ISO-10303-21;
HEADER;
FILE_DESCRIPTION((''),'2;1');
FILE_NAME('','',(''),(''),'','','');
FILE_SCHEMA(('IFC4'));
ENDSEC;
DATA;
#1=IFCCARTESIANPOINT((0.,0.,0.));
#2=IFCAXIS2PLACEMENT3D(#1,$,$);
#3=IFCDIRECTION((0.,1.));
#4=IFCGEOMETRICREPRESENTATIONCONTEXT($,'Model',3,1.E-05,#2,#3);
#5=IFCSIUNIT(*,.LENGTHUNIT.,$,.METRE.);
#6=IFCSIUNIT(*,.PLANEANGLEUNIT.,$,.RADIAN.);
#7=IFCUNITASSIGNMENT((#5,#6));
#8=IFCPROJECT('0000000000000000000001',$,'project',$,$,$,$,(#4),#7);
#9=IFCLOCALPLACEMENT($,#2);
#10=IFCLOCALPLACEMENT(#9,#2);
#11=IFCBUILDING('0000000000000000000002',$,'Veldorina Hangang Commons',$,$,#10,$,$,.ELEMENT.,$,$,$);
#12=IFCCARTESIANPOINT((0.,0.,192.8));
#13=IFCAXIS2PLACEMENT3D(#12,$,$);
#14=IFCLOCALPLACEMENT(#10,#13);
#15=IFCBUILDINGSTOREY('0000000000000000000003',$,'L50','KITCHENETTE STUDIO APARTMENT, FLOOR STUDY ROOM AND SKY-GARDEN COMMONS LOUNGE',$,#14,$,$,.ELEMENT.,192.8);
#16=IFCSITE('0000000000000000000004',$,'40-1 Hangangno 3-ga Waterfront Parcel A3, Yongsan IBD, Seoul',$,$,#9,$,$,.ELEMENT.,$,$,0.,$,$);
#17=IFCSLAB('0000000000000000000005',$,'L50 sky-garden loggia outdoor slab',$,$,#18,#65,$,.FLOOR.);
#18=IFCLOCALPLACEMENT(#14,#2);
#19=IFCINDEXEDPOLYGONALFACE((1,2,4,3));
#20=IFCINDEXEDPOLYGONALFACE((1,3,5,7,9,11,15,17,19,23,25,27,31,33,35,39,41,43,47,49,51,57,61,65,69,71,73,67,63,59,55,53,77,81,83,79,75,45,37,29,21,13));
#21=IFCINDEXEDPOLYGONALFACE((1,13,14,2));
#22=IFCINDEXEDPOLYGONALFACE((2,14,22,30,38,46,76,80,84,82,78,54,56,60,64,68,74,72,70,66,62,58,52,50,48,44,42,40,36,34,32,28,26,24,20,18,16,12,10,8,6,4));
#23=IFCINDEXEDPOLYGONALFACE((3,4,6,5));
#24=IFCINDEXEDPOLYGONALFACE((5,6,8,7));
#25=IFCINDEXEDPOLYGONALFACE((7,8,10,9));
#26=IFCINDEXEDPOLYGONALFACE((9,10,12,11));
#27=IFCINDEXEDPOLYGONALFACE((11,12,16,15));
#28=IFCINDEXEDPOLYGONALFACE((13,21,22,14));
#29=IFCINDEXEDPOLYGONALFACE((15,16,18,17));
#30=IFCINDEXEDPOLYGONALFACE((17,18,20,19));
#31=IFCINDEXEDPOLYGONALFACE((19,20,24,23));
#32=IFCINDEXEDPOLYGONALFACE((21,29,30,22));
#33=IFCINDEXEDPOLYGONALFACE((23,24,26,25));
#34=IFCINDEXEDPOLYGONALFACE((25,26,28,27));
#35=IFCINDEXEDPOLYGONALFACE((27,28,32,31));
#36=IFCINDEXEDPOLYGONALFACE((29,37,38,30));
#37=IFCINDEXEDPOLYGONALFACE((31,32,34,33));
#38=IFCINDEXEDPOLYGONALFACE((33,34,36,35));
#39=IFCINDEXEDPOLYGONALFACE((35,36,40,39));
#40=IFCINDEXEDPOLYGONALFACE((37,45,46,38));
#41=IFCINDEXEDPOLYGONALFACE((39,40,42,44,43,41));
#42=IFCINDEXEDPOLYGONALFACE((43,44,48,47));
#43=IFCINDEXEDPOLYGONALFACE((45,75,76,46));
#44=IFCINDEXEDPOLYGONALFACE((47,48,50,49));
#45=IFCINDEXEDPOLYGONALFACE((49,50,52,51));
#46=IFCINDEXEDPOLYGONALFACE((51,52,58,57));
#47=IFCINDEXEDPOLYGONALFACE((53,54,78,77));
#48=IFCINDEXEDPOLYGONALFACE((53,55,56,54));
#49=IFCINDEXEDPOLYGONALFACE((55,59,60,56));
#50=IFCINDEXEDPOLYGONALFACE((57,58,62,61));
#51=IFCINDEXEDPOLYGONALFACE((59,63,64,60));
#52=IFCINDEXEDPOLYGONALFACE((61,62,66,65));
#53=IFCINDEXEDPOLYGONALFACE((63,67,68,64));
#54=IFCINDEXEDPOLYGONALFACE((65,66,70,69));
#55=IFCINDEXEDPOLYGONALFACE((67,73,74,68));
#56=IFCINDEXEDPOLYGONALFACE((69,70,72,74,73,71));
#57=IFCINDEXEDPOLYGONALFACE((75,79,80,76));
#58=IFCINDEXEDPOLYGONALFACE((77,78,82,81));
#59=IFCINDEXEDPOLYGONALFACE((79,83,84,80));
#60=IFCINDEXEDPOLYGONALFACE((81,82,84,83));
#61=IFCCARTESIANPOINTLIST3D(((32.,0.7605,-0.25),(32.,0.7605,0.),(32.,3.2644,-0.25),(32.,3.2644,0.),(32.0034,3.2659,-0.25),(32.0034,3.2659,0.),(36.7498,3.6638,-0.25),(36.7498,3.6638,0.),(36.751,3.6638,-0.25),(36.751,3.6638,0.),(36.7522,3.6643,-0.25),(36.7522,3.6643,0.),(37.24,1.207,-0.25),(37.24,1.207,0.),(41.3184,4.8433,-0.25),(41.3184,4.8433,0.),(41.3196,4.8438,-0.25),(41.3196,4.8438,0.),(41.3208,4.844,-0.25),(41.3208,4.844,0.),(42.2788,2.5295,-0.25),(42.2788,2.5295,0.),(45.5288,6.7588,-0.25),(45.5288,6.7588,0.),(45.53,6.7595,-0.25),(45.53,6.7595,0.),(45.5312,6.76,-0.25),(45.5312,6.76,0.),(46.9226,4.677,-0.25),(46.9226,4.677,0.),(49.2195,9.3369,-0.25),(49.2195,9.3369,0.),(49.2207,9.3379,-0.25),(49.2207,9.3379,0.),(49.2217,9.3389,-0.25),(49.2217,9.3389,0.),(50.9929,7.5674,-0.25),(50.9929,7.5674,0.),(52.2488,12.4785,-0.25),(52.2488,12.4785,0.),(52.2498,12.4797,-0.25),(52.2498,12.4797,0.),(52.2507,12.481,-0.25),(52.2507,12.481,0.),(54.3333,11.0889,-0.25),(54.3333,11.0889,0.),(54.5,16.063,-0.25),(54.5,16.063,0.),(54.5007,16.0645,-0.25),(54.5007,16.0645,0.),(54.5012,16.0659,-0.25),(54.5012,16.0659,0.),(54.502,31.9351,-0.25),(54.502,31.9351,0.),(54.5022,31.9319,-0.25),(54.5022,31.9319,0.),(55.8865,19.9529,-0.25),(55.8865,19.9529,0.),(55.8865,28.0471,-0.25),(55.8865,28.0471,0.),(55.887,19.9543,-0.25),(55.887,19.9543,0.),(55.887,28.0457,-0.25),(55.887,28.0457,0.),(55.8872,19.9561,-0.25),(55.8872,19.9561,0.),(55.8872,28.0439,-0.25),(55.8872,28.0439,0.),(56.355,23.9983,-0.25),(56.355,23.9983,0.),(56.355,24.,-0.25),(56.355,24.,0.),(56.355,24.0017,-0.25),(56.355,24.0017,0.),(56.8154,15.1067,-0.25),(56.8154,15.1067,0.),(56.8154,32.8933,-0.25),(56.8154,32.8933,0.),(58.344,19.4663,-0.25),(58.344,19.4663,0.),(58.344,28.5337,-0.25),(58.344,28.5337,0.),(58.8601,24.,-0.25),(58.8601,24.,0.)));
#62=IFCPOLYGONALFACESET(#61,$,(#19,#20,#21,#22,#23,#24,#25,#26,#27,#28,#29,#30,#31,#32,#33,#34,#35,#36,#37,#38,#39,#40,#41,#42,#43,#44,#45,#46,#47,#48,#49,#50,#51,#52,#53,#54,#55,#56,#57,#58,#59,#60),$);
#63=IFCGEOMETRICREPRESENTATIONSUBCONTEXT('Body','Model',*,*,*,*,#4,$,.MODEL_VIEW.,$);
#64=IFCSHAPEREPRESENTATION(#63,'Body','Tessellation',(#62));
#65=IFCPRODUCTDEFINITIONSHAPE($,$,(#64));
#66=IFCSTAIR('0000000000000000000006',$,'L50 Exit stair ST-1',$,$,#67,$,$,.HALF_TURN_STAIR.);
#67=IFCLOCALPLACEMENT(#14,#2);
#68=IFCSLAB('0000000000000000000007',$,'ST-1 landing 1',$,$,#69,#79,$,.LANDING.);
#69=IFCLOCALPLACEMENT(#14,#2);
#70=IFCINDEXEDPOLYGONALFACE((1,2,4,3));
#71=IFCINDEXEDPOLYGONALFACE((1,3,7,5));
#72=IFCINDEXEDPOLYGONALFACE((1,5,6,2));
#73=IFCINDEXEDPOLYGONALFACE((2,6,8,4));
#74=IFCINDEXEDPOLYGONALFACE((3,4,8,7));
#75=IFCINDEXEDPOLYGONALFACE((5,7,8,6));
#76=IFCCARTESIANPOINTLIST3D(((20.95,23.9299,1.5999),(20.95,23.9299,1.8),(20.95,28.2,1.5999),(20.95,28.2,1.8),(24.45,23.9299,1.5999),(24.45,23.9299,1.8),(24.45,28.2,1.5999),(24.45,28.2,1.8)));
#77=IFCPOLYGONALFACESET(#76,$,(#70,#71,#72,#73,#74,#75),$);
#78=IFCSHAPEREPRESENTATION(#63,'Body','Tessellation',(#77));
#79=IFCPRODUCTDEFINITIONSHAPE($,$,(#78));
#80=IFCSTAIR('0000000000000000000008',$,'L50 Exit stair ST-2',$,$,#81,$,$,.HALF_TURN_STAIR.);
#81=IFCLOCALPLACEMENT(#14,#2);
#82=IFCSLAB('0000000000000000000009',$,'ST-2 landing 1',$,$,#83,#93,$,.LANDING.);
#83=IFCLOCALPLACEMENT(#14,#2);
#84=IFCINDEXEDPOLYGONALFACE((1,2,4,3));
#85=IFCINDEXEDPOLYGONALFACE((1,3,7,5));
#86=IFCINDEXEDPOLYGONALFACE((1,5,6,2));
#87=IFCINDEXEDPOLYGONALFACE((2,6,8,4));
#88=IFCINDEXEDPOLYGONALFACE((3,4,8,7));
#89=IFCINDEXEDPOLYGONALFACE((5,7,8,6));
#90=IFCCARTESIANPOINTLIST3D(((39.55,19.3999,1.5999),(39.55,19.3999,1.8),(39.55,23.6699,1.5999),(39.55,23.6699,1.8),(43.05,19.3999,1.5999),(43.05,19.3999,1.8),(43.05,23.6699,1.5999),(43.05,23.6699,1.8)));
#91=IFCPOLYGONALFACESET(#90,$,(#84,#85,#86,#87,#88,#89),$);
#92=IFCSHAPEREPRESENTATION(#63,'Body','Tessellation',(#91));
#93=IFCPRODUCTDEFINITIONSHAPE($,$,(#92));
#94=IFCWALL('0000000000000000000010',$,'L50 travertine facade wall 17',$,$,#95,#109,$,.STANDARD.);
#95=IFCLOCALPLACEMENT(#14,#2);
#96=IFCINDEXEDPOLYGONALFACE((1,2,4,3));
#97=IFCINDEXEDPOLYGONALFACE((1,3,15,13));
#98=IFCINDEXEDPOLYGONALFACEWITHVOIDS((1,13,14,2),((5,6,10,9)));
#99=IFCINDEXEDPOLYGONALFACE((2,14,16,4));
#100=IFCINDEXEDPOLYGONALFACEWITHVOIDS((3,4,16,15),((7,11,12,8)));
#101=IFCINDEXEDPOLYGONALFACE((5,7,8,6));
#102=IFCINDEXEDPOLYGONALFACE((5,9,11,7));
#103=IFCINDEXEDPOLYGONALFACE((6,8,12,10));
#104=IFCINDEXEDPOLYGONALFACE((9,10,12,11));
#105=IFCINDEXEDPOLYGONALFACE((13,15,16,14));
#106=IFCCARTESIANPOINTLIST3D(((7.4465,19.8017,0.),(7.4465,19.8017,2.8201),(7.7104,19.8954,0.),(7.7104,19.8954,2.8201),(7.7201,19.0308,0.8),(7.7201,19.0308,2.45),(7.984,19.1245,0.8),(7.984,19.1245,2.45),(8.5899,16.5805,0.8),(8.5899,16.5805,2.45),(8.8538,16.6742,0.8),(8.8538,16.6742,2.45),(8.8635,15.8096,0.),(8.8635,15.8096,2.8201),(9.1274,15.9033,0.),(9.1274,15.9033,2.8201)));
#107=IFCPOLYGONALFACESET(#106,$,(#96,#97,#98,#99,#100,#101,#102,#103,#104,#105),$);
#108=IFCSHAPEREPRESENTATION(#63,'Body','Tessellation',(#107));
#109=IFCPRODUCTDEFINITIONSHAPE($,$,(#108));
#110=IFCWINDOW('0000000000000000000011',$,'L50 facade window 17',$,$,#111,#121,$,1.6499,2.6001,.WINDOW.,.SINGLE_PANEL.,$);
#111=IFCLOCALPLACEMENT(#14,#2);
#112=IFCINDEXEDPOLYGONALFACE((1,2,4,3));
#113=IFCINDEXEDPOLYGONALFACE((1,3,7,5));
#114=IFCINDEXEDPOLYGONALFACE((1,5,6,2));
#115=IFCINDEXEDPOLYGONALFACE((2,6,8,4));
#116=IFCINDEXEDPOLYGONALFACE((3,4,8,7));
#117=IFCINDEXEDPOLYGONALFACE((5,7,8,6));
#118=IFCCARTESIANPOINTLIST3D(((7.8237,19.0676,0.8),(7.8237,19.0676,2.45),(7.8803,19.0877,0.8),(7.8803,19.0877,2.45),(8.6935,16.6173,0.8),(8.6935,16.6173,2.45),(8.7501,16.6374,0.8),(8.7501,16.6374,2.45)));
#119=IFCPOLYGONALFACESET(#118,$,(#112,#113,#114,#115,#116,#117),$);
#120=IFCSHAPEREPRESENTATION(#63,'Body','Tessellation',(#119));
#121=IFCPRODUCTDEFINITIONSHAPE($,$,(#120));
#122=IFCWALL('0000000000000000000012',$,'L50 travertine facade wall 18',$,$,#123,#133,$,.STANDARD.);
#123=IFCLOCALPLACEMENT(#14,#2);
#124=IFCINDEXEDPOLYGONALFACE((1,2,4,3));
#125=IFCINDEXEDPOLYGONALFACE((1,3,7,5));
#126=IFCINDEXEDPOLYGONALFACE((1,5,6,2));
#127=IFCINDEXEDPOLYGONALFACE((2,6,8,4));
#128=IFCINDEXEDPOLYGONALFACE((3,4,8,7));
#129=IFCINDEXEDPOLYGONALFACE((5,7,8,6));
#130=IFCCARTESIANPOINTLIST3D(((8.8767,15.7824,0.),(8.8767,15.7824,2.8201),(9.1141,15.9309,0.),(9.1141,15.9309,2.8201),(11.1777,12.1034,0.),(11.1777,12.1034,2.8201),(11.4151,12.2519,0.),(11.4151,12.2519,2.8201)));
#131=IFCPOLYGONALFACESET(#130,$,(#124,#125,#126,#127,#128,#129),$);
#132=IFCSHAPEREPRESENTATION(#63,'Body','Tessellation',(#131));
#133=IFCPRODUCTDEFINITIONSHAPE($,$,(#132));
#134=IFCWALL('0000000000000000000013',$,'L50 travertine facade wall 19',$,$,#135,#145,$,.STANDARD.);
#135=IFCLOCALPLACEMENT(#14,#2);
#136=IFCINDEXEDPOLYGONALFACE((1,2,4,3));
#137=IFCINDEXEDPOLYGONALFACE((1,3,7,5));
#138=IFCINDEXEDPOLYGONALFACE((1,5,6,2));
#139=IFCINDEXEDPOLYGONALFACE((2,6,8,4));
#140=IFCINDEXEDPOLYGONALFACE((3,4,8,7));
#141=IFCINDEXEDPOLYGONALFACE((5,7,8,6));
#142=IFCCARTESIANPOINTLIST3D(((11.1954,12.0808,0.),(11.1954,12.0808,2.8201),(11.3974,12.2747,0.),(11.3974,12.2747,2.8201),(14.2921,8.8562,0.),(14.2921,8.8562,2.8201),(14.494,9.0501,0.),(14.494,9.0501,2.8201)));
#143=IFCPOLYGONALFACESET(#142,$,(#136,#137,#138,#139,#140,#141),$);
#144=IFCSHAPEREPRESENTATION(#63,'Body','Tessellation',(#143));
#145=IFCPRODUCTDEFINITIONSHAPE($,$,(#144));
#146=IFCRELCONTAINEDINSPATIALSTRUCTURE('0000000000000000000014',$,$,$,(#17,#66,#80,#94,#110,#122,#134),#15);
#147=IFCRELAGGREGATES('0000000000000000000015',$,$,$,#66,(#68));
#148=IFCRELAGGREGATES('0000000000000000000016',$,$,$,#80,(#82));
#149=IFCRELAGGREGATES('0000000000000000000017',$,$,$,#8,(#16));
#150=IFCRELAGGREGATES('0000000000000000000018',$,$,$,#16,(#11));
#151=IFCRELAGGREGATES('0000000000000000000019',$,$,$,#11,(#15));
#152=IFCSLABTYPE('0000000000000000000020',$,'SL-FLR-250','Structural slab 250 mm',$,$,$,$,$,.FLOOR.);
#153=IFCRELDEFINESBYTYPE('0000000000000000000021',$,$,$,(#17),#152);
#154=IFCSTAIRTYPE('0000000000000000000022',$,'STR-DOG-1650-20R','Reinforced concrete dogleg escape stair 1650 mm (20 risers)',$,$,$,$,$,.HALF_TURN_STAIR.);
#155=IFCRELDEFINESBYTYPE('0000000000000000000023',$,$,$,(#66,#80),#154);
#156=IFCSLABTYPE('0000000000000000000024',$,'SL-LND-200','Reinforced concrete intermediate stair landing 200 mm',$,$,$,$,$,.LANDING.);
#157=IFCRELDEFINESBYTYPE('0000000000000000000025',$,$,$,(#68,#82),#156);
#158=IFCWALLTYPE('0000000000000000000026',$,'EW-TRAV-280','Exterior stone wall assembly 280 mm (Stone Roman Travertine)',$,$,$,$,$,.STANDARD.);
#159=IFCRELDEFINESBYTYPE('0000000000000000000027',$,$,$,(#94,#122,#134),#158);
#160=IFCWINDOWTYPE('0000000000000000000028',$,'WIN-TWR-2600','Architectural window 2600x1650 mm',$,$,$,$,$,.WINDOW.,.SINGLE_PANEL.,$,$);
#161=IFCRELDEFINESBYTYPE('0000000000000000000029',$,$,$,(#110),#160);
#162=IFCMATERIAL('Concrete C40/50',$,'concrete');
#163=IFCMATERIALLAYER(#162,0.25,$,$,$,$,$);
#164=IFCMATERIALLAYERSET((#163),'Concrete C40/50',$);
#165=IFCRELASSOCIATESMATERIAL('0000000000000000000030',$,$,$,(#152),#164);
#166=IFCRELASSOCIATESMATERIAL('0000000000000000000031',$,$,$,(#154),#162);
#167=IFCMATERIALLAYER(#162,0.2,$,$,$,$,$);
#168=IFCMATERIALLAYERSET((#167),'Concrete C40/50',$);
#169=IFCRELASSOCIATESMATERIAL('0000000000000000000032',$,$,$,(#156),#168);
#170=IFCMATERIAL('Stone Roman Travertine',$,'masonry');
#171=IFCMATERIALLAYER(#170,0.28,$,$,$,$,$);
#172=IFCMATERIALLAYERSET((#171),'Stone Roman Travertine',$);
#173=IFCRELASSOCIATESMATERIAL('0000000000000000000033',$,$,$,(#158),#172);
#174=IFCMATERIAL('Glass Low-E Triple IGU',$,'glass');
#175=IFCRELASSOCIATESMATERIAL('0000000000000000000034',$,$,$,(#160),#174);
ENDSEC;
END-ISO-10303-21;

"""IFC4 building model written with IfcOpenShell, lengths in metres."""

from ifc_helpers import new_model, si_unit, direction, frame, frame_2d, origin, place, context, subcontext, project, spatial, polyline, rectangle, outline, extrude, material, layer, layer_set, type_object, element, fill, aggregate, save


model = new_model("IFC4")

# Units and contexts
model_context = context("Model", 3, precision=1e-05, world=origin(), true_north=direction((0.0, 1.0)))
body_context = subcontext(model_context, "Body", "Model", "MODEL_VIEW")
ifc_project = project(units=[si_unit("LENGTHUNIT", "METRE"), si_unit("PLANEANGLEUNIT", "RADIAN")], contexts=[model_context])

# Site, building, storey
site_placement = place(None, origin())
site = spatial("IfcSite", under=ifc_project, at=site_placement, Name="40-1 Hangangno 3-ga Waterfront Parcel A3, Yongsan IBD, Seoul", CompositionType="ELEMENT", RefElevation=0.0)
building_placement = place(site_placement, origin())
building = spatial("IfcBuilding", under=site, at=building_placement, Name="Veldorina Hangang Commons", CompositionType="ELEMENT")
storey_placement = place(building_placement, frame((0.0, 0.0, 192.8)))
storey = spatial("IfcBuildingStorey", under=building, at=storey_placement, Name="L50", Description="KITCHENETTE STUDIO APARTMENT, FLOOR STUDY ROOM AND SKY-GARDEN COMMONS LOUNGE", CompositionType="ELEMENT", Elevation=192.8)

# Slab
ifc_material_1 = material(Name="Concrete C40/50", Category="concrete")
ifc_layer_1 = layer(ifc_material_1, 0.25)
ifc_layer_set_1 = layer_set([ifc_layer_1], Name="Concrete C40/50")
slab_type_1 = type_object("IfcSlabType", Name="SL-FLR-250", Description="Structural slab 250 mm", PredefinedType="FLOOR", material=ifc_layer_set_1)
slab_1_placement = place(storey_placement, frame((0.0, 0.0, -0.25)))
element("IfcSlab", 1, at=slab_1_placement, inside=storey, type_object=slab_type_1, Name="L50 sky-garden loggia outdoor slab", PredefinedType="FLOOR", context=body_context, shape_type="SweptSolid", body=[
    extrude(outline(polyline([(56.8154, 32.8933), (58.344, 28.5337), (58.8601, 24.0), (58.344, 19.4663), (56.8154, 15.1067), (54.3333, 11.0889), (50.9929, 7.5674), (46.9226, 4.677), (42.2788, 2.5295), (37.24, 1.207), (32.0, 0.7605), (32.0, 3.2644), (32.0034, 3.2659), (36.7498, 3.6638), (36.751, 3.6638), (36.7522, 3.6643), (41.3184, 4.8433), (41.3196, 4.8438), (41.3208, 4.844), (45.5288, 6.7588), (45.53, 6.7595), (45.5312, 6.76), (49.2195, 9.3369), (49.2207, 9.3379), (49.2217, 9.3389), (52.2488, 12.4785), (52.2498, 12.4797), (52.2507, 12.481), (54.5, 16.063), (54.5007, 16.0645), (54.5012, 16.0659), (55.8865, 19.9529), (55.887, 19.9543), (55.8872, 19.9561), (56.355, 23.9983), (56.355, 24.0), (56.355, 24.0017), (55.8872, 28.0439), (55.887, 28.0457), (55.8865, 28.0471), (54.5022, 31.9319), (54.502, 31.9351), (56.8154, 32.8933)])), origin(), (0.0, 0.0, 1.0), 0.25),
])

# Stairs, slabs
stair_type = type_object("IfcStairType", Name="STR-DOG-1650-20R", Description="Reinforced concrete dogleg escape stair 1650 mm (20 risers)", PredefinedType="HALF_TURN_STAIR", material=ifc_material_1)
stair_1_placement = place(storey_placement, origin())
stair_1 = element("IfcStair", 2, at=stair_1_placement, inside=storey, type_object=stair_type, Name="L50 Exit stair ST-1", PredefinedType="HALF_TURN_STAIR")
ifc_layer_2 = layer(ifc_material_1, 0.2)
ifc_layer_set_2 = layer_set([ifc_layer_2], Name="Concrete C40/50")
slab_type_2 = type_object("IfcSlabType", Name="SL-LND-200", Description="Reinforced concrete intermediate stair landing 200 mm", PredefinedType="LANDING", material=ifc_layer_set_2)
slab_2_placement = place(storey_placement, frame((0.0, 0.0, 1.5999)))
slab_2 = element("IfcSlab", 3, at=slab_2_placement, type_object=slab_type_2, Name="ST-1 landing 1", PredefinedType="LANDING", context=body_context, shape_type="SweptSolid", body=[
    extrude(outline(polyline([(24.45, 23.9299), (24.45, 28.2), (20.95, 28.2), (20.95, 23.9299), (24.45, 23.9299)])), origin(), (0.0, 0.0, 1.0), 0.2002),
])
aggregate(stair_1, [slab_2])
stair_2_placement = place(storey_placement, origin())
stair_2 = element("IfcStair", 4, at=stair_2_placement, inside=storey, type_object=stair_type, Name="L50 Exit stair ST-2", PredefinedType="HALF_TURN_STAIR")
slab_3_placement = place(storey_placement, frame((0.0, 0.0, 1.5999)))
slab_3 = element("IfcSlab", 5, at=slab_3_placement, type_object=slab_type_2, Name="ST-2 landing 1", PredefinedType="LANDING", context=body_context, shape_type="SweptSolid", body=[
    extrude(outline(polyline([(39.55, 23.6699), (39.55, 19.3999), (43.05, 19.3999), (43.05, 23.6699), (39.55, 23.6699)])), origin(), (0.0, 0.0, 1.0), 0.2002),
])
aggregate(stair_2, [slab_3])

# Wall, opening, window
ifc_material_2 = material(Name="Stone Roman Travertine", Category="masonry")
ifc_layer_3 = layer(ifc_material_2, 0.28)
ifc_layer_set_3 = layer_set([ifc_layer_3], Name="Stone Roman Travertine")
wall_type = type_object("IfcWallType", Name="EW-TRAV-280", Description="Exterior stone wall assembly 280 mm (Stone Roman Travertine)", PredefinedType="STANDARD", material=ifc_layer_set_3)
wall_1_placement = place(storey_placement, frame((7.5784, 19.8486, 0.0), z_axis=(0.0, 0.0, 1.0), x_axis=(0.334514, -0.942391, 0.0)))
wall_1 = element("IfcWall", 6, at=wall_1_placement, inside=storey, type_object=wall_type, Name="L50 travertine facade wall 17", PredefinedType="STANDARD", context=body_context, shape_type="SweptSolid", body=[
    extrude(rectangle(XDim=4.2361, YDim=0.28, at=frame_2d((2.1182, 0.0))), origin(), (0.0, 0.0, 1.0), 2.8201),
])
opening_placement = place(wall_1_placement, frame((0.8181, 0.0, 0.8)))
opening = element("IfcOpeningElement", 7, at=opening_placement, cuts=wall_1, PredefinedType="OPENING", context=body_context, shape_type="SweptSolid", body=[
    extrude(rectangle(XDim=2.6001, YDim=1.6499, at=frame_2d((1.3, 0.825))), frame((0.0, 0.1499, 0.0), z_axis=(0.0, -1.0, 0.0), x_axis=(1.0, 0.0, 0.0)), (0.0, 0.0, 1.0), 0.3),
])
ifc_material_3 = material(Name="Glass Low-E Triple IGU", Category="glass")
window_type = type_object("IfcWindowType", Name="WIN-TWR-2600", Description="Architectural window 2600x1650 mm", PartitioningType="SINGLE_PANEL", PredefinedType="WINDOW", material=ifc_material_3)
window_placement = place(opening_placement, origin())
window = element("IfcWindow", 8, at=window_placement, inside=storey, type_object=window_type, Name="L50 facade window 17", OverallHeight=1.6499, OverallWidth=2.6001, PartitioningType="SINGLE_PANEL", PredefinedType="WINDOW", context=body_context, shape_type="SweptSolid", body=[
    extrude(rectangle(XDim=2.6001, YDim=1.6499, at=frame_2d((1.3, 0.825))), frame((0.0, 0.03, 0.0), z_axis=(0.0, -1.0, 0.0), x_axis=(1.0, 0.0, 0.0)), (0.0, 0.0, 1.0), 0.0601),
])
fill(opening, window)

# Walls
wall_2_placement = place(storey_placement, frame((8.9954, 15.8567, 0.0), z_axis=(0.0, 0.0, 1.0), x_axis=(0.530277, -0.847824, 0.0)))
element("IfcWall", 9, at=wall_2_placement, inside=storey, type_object=wall_type, Name="L50 travertine facade wall 18", PredefinedType="STANDARD", context=body_context, shape_type="SweptSolid", body=[
    extrude(rectangle(XDim=4.3394, YDim=0.28, at=frame_2d((2.1697, 0.0))), origin(), (0.0, 0.0, 1.0), 2.8201),
])
wall_3_placement = place(storey_placement, frame((11.2964, 12.1777, 0.0), z_axis=(0.0, 0.0, 1.0), x_axis=(0.692655, -0.721269, 0.0)))
element("IfcWall", 10, at=wall_3_placement, inside=storey, type_object=wall_type, Name="L50 travertine facade wall 19", PredefinedType="STANDARD", context=body_context, shape_type="SweptSolid", body=[
    extrude(rectangle(XDim=4.4707, YDim=0.28, at=frame_2d((2.2354, 0.0))), origin(), (0.0, 0.0, 1.0), 2.8201),
])

save(model, "model.ifc")
